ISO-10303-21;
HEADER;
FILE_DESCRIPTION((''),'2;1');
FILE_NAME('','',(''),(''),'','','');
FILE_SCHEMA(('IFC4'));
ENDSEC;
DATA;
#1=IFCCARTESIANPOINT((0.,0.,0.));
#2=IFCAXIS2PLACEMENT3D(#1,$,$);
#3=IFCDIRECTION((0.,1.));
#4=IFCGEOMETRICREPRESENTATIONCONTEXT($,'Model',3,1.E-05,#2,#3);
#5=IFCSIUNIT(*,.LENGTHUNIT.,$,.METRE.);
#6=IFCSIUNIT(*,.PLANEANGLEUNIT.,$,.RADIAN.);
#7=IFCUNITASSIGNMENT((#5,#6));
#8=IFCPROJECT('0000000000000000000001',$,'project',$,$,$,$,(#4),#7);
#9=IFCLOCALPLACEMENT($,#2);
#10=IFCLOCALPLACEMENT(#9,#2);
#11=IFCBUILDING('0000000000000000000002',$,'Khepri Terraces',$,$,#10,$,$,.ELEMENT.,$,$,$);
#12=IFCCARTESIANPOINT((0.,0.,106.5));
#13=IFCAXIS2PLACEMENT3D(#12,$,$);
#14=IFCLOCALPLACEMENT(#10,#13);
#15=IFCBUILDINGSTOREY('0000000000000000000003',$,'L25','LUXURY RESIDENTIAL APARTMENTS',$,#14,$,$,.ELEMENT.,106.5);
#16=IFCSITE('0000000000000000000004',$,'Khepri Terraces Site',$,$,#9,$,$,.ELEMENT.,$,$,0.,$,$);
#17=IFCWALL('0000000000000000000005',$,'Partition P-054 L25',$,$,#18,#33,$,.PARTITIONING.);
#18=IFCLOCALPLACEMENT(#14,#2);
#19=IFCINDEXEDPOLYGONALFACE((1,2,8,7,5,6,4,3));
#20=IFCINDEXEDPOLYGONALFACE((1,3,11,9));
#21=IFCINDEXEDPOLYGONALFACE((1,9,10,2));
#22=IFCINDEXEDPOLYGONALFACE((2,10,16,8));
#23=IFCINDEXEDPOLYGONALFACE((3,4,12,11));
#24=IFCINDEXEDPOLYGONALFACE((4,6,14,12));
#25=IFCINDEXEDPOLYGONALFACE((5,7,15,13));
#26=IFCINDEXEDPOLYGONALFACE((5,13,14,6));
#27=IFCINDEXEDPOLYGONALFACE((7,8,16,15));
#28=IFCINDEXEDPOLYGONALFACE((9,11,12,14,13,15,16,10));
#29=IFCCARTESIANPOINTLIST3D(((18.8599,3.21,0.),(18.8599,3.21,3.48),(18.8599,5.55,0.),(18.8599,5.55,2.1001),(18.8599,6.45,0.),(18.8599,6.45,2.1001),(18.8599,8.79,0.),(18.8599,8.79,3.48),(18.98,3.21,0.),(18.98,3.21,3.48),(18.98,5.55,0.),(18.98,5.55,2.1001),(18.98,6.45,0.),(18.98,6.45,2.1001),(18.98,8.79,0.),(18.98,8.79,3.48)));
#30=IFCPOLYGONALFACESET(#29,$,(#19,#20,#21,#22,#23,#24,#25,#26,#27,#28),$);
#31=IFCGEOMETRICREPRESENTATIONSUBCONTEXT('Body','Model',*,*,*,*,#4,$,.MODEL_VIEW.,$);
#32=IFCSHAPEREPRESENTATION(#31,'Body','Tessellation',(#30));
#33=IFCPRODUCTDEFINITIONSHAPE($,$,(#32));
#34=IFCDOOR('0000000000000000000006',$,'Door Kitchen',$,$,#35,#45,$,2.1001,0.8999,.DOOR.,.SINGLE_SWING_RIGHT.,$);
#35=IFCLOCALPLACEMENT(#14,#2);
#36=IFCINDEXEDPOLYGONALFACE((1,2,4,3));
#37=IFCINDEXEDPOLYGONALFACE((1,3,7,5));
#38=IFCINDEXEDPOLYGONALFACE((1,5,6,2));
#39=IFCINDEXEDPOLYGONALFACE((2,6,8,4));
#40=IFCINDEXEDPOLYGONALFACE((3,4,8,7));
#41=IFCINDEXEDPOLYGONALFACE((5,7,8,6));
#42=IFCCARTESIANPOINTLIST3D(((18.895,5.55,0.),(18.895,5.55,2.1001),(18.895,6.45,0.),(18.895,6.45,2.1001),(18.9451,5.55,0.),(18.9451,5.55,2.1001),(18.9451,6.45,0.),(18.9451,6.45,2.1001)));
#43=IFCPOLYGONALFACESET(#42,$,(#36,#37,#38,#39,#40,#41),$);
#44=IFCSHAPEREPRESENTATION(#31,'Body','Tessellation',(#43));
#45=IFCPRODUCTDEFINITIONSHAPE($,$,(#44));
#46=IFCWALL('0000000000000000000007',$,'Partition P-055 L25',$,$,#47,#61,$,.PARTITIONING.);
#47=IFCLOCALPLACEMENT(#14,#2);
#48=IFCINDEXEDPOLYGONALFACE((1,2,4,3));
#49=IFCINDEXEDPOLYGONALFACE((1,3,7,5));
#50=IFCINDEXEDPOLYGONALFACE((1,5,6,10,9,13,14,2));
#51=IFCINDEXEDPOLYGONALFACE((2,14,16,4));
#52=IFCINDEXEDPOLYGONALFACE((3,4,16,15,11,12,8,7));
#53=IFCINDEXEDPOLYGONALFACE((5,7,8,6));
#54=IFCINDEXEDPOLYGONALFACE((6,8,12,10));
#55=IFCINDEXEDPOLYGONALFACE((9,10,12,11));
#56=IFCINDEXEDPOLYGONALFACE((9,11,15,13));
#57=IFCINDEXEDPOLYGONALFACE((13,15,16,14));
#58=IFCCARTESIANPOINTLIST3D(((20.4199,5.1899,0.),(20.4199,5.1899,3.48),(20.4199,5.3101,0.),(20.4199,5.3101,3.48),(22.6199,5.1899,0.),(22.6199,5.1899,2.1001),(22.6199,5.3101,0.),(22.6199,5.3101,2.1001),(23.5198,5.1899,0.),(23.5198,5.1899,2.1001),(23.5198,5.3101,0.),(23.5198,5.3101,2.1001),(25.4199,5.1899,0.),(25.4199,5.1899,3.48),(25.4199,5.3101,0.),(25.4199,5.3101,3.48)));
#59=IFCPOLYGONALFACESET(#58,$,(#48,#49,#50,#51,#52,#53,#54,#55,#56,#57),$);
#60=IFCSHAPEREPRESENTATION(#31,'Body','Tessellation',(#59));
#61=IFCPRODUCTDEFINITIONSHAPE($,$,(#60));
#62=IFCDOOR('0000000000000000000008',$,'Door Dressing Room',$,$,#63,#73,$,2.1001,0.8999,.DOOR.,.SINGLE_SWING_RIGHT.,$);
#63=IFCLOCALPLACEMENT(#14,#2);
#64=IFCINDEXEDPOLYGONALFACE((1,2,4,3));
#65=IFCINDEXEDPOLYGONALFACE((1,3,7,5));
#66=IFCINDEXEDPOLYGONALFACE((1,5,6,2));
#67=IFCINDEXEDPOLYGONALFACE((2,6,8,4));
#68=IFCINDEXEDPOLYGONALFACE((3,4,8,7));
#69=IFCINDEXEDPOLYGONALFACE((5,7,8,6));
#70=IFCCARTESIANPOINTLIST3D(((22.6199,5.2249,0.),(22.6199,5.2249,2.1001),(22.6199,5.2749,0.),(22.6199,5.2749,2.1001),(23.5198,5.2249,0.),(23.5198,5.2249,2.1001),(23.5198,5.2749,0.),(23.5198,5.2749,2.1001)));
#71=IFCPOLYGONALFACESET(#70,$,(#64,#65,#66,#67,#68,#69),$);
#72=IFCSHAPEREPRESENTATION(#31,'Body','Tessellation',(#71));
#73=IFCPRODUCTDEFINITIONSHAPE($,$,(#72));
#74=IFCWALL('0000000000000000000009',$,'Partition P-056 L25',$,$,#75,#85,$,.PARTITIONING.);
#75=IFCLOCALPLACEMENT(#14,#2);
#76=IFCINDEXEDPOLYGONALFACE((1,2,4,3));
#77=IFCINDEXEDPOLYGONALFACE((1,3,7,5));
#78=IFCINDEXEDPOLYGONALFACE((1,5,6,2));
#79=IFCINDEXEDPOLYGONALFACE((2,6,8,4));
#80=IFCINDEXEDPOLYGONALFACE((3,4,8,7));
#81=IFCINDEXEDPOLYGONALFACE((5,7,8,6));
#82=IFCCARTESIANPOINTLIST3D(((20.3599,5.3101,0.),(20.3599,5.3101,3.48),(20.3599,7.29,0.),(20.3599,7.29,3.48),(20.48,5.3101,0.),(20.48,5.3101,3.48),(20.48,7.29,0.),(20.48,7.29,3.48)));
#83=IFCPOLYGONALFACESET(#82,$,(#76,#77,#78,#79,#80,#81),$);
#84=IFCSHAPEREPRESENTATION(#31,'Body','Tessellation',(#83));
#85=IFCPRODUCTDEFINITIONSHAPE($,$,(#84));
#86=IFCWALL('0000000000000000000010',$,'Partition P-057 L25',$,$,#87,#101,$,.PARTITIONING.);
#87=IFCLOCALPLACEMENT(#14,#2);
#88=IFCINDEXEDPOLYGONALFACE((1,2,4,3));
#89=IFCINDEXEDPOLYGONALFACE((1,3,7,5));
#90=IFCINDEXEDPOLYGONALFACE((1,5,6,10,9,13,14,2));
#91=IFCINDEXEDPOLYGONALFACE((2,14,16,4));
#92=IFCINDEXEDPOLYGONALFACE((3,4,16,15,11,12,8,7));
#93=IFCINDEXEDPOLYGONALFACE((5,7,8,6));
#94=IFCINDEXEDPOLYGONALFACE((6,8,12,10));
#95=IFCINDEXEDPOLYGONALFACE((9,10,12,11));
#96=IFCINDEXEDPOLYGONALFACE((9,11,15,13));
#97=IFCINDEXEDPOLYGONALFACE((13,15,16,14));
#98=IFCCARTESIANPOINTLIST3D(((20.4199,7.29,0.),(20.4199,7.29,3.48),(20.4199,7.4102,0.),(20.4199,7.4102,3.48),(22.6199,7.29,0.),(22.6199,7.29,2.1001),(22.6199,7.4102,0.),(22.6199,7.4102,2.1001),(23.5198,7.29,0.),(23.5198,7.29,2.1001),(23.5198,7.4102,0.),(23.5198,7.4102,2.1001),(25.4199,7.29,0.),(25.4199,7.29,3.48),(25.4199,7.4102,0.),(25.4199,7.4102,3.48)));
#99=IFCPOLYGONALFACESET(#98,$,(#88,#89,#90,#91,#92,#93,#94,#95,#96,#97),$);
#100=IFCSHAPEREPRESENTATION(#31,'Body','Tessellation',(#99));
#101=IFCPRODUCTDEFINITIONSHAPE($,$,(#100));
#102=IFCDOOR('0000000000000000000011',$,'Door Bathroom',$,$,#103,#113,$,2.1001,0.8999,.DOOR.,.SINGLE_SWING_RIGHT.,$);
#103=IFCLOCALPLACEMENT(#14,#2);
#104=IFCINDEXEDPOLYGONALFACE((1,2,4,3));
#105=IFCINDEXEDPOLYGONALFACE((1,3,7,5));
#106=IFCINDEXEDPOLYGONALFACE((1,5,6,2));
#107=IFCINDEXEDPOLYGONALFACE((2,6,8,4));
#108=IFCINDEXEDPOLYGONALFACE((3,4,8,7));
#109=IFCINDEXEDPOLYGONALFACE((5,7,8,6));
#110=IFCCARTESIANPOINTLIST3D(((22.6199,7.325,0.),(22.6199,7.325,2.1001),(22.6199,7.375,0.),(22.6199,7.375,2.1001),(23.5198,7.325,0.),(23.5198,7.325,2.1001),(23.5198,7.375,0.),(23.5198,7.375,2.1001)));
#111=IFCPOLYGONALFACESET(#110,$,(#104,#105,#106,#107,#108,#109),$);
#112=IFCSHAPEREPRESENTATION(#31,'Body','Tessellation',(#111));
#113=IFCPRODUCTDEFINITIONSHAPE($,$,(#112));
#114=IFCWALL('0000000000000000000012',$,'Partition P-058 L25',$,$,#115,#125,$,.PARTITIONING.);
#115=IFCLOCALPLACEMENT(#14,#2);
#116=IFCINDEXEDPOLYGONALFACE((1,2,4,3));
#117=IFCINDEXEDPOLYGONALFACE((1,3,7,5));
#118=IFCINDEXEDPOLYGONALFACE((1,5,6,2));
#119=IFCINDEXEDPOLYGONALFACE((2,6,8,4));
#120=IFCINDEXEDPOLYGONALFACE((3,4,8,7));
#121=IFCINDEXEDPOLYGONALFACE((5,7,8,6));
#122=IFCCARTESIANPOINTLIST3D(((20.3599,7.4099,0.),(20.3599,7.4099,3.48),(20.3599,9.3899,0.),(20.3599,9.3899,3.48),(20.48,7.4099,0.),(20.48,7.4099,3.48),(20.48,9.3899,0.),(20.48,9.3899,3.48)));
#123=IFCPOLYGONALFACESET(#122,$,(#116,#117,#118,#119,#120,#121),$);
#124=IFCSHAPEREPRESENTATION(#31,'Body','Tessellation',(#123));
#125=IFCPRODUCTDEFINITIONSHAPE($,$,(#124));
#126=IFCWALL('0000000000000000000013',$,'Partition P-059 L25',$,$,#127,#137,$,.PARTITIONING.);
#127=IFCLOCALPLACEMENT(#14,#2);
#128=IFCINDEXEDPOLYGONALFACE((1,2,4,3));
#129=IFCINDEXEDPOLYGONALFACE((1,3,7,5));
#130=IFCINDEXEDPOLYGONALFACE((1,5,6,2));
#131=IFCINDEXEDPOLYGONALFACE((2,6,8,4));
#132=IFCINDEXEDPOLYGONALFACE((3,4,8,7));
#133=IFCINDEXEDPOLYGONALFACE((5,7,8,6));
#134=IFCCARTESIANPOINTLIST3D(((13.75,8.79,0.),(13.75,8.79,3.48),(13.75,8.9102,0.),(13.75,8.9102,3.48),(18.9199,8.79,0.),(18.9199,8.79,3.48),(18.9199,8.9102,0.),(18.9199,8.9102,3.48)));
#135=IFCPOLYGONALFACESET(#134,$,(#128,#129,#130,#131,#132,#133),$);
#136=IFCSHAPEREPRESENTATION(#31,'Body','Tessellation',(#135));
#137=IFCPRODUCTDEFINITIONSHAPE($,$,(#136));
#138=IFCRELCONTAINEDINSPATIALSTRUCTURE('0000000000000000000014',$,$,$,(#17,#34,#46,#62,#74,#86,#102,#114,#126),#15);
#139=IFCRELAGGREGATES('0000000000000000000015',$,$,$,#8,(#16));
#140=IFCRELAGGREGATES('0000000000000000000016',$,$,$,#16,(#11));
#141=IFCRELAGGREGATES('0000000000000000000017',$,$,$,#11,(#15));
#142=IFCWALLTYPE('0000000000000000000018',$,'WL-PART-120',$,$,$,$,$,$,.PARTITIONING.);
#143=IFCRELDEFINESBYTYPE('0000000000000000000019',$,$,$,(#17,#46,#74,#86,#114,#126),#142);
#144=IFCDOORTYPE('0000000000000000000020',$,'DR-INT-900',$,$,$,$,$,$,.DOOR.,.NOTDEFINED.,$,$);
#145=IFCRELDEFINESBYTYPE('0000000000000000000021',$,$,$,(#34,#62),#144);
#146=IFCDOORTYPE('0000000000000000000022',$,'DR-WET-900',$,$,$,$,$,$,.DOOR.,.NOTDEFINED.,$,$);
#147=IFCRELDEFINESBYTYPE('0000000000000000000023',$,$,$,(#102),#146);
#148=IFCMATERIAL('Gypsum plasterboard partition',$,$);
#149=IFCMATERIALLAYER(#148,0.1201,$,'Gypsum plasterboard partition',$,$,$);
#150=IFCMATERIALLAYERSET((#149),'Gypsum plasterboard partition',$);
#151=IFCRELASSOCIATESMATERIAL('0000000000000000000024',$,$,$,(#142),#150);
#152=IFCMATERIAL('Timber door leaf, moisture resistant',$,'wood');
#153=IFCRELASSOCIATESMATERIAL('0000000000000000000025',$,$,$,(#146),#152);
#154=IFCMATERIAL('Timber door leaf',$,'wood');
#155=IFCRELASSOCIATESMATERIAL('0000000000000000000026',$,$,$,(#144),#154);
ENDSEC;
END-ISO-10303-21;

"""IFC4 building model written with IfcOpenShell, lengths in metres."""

from ifc_helpers import new_model, si_unit, direction, frame, frame_2d, origin, place, context, subcontext, project, spatial, rectangle, extrude, material, layer, layer_set, type_object, element, fill, save


model = new_model("IFC4")

# Units and contexts
model_context = context("Model", 3, precision=1e-05, world=origin(), true_north=direction((0.0, 1.0)))
body_context = subcontext(model_context, "Body", "Model", "MODEL_VIEW")
ifc_project = project(units=[si_unit("LENGTHUNIT", "METRE"), si_unit("PLANEANGLEUNIT", "RADIAN")], contexts=[model_context])

# Site, building, storey
site_placement = place(None, origin())
site = spatial("IfcSite", under=ifc_project, at=site_placement, Name="Khepri Terraces Site", CompositionType="ELEMENT", RefElevation=0.0)
building_placement = place(site_placement, origin())
building = spatial("IfcBuilding", under=site, at=building_placement, Name="Khepri Terraces", CompositionType="ELEMENT")
storey_placement = place(building_placement, frame((0.0, 0.0, 106.5)))
storey = spatial("IfcBuildingStorey", under=building, at=storey_placement, Name="L25", Description="LUXURY RESIDENTIAL APARTMENTS", CompositionType="ELEMENT", Elevation=106.5)

# Shared definitions
ifc_material_1 = material(Name="Gypsum plasterboard partition")
ifc_layer_1 = layer(ifc_material_1, 0.1201, Name="Gypsum plasterboard partition")
ifc_layer_set_1 = layer_set([ifc_layer_1], Name="Gypsum plasterboard partition")
wall_type_1 = type_object("IfcWallType", Name="WL-PART-120", PredefinedType="PARTITIONING", material=ifc_layer_set_1)
ifc_material_2 = material(Name="Timber door leaf, moisture resistant", Category="wood")
door_type_1 = type_object("IfcDoorType", Name="DR-WET-900", OperationType="NOTDEFINED", PredefinedType="DOOR", material=ifc_material_2)

# Shared definitions
ifc_material_3 = material(Name="Timber door leaf", Category="wood")
door_type_2 = type_object("IfcDoorType", Name="DR-INT-900", OperationType="NOTDEFINED", PredefinedType="DOOR", material=ifc_material_3)

# Walls, openings, doors
wall_1_placement = place(storey_placement, frame((18.9199, 3.21, 0.0), z_axis=(0.0, 0.0, 1.0), x_axis=(0.0, 1.0, 0.0)))
wall_1 = element("IfcWall", 1, at=wall_1_placement, inside=storey, type_object=wall_type_1, Name="Partition P-054 L25", PredefinedType="PARTITIONING", context=body_context, shape_type="SweptSolid", body=[
    extrude(rectangle(XDim=5.5801, YDim=0.1201, at=frame_2d((2.79, 0.0))), origin(), (0.0, 0.0, 1.0), 3.48),
])
opening_1_placement = place(wall_1_placement, frame((2.3401, 0.0, 0.0)))
opening_1 = element("IfcOpeningElement", 2, at=opening_1_placement, cuts=wall_1, PredefinedType="OPENING", context=body_context, shape_type="SweptSolid", body=[
    extrude(rectangle(XDim=0.8999, YDim=2.1001, at=frame_2d((0.45, 1.05))), frame((0.0, 0.0701, 0.0), z_axis=(0.0, -1.0, 0.0), x_axis=(1.0, 0.0, 0.0)), (0.0, 0.0, 1.0), 0.1401),
])
door_1_placement = place(opening_1_placement, origin())
door_1 = element("IfcDoor", 3, at=door_1_placement, inside=storey, type_object=door_type_2, Name="Door Kitchen", OperationType="SINGLE_SWING_RIGHT", OverallHeight=2.1001, OverallWidth=0.8999, PredefinedType="DOOR", context=body_context, shape_type="SweptSolid", body=[
    extrude(rectangle(XDim=0.8999, YDim=2.1001, at=frame_2d((0.45, 1.05))), frame((0.0, 0.0249, 0.0), z_axis=(0.0, -1.0, 0.0), x_axis=(1.0, 0.0, 0.0)), (0.0, 0.0, 1.0), 0.05),
])
fill(opening_1, door_1)
wall_2_placement = place(storey_placement, frame((20.4199, 5.25, 0.0), z_axis=(0.0, 0.0, 1.0), x_axis=(1.0, 0.0, 0.0)))
wall_2 = element("IfcWall", 4, at=wall_2_placement, inside=storey, type_object=wall_type_1, Name="Partition P-055 L25", PredefinedType="PARTITIONING", context=body_context, shape_type="SweptSolid", body=[
    extrude(rectangle(XDim=5.0, YDim=0.1201, at=frame_2d((2.5, 0.0))), origin(), (0.0, 0.0, 1.0), 3.48),
])
opening_2_placement = place(wall_2_placement, frame((2.2, 0.0, 0.0)))
opening_2 = element("IfcOpeningElement", 5, at=opening_2_placement, cuts=wall_2, PredefinedType="OPENING", context=body_context, shape_type="SweptSolid", body=[
    extrude(rectangle(XDim=0.8999, YDim=2.1001, at=frame_2d((0.45, 1.05))), frame((0.0, 0.0701, 0.0), z_axis=(0.0, -1.0, 0.0), x_axis=(1.0, 0.0, 0.0)), (0.0, 0.0, 1.0), 0.1401),
])
door_2_placement = place(opening_2_placement, origin())
door_2 = element("IfcDoor", 6, at=door_2_placement, inside=storey, type_object=door_type_2, Name="Door Dressing Room", OperationType="SINGLE_SWING_RIGHT", OverallHeight=2.1001, OverallWidth=0.8999, PredefinedType="DOOR", context=body_context, shape_type="SweptSolid", body=[
    extrude(rectangle(XDim=0.8999, YDim=2.1001, at=frame_2d((0.45, 1.05))), frame((0.0, 0.0249, 0.0), z_axis=(0.0, -1.0, 0.0), x_axis=(1.0, 0.0, 0.0)), (0.0, 0.0, 1.0), 0.05),
])
fill(opening_2, door_2)

# Wall
wall_3_placement = place(storey_placement, frame((20.4199, 5.3101, 0.0), z_axis=(0.0, 0.0, 1.0), x_axis=(0.0, 1.0, 0.0)))
element("IfcWall", 7, at=wall_3_placement, inside=storey, type_object=wall_type_1, Name="Partition P-056 L25", PredefinedType="PARTITIONING", context=body_context, shape_type="SweptSolid", body=[
    extrude(rectangle(XDim=1.98, YDim=0.1201, at=frame_2d((0.99, 0.0))), origin(), (0.0, 0.0, 1.0), 3.48),
])

# Wall, opening, door
wall_4_placement = place(storey_placement, frame((20.4199, 7.3501, 0.0), z_axis=(0.0, 0.0, 1.0), x_axis=(1.0, 0.0, 0.0)))
wall_4 = element("IfcWall", 8, at=wall_4_placement, inside=storey, type_object=wall_type_1, Name="Partition P-057 L25", PredefinedType="PARTITIONING", context=body_context, shape_type="SweptSolid", body=[
    extrude(rectangle(XDim=5.0, YDim=0.1201, at=frame_2d((2.5, 0.0))), origin(), (0.0, 0.0, 1.0), 3.48),
])
opening_3_placement = place(wall_4_placement, frame((2.2, 0.0, 0.0)))
opening_3 = element("IfcOpeningElement", 9, at=opening_3_placement, cuts=wall_4, PredefinedType="OPENING", context=body_context, shape_type="SweptSolid", body=[
    extrude(rectangle(XDim=0.8999, YDim=2.1001, at=frame_2d((0.45, 1.05))), frame((0.0, 0.0701, 0.0), z_axis=(0.0, -1.0, 0.0), x_axis=(1.0, 0.0, 0.0)), (0.0, 0.0, 1.0), 0.1401),
])
door_3_placement = place(opening_3_placement, origin())
door_3 = element("IfcDoor", 10, at=door_3_placement, inside=storey, type_object=door_type_1, Name="Door Bathroom", OperationType="SINGLE_SWING_RIGHT", OverallHeight=2.1001, OverallWidth=0.8999, PredefinedType="DOOR", context=body_context, shape_type="SweptSolid", body=[
    extrude(rectangle(XDim=0.8999, YDim=2.1001, at=frame_2d((0.45, 1.05))), frame((0.0, 0.0249, 0.0), z_axis=(0.0, -1.0, 0.0), x_axis=(1.0, 0.0, 0.0)), (0.0, 0.0, 1.0), 0.05),
])
fill(opening_3, door_3)

# Walls
wall_5_placement = place(storey_placement, frame((20.4199, 7.4099, 0.0), z_axis=(0.0, 0.0, 1.0), x_axis=(0.0, 1.0, 0.0)))
element("IfcWall", 11, at=wall_5_placement, inside=storey, type_object=wall_type_1, Name="Partition P-058 L25", PredefinedType="PARTITIONING", context=body_context, shape_type="SweptSolid", body=[
    extrude(rectangle(XDim=1.98, YDim=0.1201, at=frame_2d((0.99, 0.0))), origin(), (0.0, 0.0, 1.0), 3.48),
])
wall_6_placement = place(storey_placement, frame((13.75, 8.8501, 0.0), z_axis=(0.0, 0.0, 1.0), x_axis=(1.0, 0.0, 0.0)))
element("IfcWall", 12, at=wall_6_placement, inside=storey, type_object=wall_type_1, Name="Partition P-059 L25", PredefinedType="PARTITIONING", context=body_context, shape_type="SweptSolid", body=[
    extrude(rectangle(XDim=5.1699, YDim=0.1201, at=frame_2d((2.585, 0.0))), origin(), (0.0, 0.0, 1.0), 3.48),
])

save(model, "model.ifc")
